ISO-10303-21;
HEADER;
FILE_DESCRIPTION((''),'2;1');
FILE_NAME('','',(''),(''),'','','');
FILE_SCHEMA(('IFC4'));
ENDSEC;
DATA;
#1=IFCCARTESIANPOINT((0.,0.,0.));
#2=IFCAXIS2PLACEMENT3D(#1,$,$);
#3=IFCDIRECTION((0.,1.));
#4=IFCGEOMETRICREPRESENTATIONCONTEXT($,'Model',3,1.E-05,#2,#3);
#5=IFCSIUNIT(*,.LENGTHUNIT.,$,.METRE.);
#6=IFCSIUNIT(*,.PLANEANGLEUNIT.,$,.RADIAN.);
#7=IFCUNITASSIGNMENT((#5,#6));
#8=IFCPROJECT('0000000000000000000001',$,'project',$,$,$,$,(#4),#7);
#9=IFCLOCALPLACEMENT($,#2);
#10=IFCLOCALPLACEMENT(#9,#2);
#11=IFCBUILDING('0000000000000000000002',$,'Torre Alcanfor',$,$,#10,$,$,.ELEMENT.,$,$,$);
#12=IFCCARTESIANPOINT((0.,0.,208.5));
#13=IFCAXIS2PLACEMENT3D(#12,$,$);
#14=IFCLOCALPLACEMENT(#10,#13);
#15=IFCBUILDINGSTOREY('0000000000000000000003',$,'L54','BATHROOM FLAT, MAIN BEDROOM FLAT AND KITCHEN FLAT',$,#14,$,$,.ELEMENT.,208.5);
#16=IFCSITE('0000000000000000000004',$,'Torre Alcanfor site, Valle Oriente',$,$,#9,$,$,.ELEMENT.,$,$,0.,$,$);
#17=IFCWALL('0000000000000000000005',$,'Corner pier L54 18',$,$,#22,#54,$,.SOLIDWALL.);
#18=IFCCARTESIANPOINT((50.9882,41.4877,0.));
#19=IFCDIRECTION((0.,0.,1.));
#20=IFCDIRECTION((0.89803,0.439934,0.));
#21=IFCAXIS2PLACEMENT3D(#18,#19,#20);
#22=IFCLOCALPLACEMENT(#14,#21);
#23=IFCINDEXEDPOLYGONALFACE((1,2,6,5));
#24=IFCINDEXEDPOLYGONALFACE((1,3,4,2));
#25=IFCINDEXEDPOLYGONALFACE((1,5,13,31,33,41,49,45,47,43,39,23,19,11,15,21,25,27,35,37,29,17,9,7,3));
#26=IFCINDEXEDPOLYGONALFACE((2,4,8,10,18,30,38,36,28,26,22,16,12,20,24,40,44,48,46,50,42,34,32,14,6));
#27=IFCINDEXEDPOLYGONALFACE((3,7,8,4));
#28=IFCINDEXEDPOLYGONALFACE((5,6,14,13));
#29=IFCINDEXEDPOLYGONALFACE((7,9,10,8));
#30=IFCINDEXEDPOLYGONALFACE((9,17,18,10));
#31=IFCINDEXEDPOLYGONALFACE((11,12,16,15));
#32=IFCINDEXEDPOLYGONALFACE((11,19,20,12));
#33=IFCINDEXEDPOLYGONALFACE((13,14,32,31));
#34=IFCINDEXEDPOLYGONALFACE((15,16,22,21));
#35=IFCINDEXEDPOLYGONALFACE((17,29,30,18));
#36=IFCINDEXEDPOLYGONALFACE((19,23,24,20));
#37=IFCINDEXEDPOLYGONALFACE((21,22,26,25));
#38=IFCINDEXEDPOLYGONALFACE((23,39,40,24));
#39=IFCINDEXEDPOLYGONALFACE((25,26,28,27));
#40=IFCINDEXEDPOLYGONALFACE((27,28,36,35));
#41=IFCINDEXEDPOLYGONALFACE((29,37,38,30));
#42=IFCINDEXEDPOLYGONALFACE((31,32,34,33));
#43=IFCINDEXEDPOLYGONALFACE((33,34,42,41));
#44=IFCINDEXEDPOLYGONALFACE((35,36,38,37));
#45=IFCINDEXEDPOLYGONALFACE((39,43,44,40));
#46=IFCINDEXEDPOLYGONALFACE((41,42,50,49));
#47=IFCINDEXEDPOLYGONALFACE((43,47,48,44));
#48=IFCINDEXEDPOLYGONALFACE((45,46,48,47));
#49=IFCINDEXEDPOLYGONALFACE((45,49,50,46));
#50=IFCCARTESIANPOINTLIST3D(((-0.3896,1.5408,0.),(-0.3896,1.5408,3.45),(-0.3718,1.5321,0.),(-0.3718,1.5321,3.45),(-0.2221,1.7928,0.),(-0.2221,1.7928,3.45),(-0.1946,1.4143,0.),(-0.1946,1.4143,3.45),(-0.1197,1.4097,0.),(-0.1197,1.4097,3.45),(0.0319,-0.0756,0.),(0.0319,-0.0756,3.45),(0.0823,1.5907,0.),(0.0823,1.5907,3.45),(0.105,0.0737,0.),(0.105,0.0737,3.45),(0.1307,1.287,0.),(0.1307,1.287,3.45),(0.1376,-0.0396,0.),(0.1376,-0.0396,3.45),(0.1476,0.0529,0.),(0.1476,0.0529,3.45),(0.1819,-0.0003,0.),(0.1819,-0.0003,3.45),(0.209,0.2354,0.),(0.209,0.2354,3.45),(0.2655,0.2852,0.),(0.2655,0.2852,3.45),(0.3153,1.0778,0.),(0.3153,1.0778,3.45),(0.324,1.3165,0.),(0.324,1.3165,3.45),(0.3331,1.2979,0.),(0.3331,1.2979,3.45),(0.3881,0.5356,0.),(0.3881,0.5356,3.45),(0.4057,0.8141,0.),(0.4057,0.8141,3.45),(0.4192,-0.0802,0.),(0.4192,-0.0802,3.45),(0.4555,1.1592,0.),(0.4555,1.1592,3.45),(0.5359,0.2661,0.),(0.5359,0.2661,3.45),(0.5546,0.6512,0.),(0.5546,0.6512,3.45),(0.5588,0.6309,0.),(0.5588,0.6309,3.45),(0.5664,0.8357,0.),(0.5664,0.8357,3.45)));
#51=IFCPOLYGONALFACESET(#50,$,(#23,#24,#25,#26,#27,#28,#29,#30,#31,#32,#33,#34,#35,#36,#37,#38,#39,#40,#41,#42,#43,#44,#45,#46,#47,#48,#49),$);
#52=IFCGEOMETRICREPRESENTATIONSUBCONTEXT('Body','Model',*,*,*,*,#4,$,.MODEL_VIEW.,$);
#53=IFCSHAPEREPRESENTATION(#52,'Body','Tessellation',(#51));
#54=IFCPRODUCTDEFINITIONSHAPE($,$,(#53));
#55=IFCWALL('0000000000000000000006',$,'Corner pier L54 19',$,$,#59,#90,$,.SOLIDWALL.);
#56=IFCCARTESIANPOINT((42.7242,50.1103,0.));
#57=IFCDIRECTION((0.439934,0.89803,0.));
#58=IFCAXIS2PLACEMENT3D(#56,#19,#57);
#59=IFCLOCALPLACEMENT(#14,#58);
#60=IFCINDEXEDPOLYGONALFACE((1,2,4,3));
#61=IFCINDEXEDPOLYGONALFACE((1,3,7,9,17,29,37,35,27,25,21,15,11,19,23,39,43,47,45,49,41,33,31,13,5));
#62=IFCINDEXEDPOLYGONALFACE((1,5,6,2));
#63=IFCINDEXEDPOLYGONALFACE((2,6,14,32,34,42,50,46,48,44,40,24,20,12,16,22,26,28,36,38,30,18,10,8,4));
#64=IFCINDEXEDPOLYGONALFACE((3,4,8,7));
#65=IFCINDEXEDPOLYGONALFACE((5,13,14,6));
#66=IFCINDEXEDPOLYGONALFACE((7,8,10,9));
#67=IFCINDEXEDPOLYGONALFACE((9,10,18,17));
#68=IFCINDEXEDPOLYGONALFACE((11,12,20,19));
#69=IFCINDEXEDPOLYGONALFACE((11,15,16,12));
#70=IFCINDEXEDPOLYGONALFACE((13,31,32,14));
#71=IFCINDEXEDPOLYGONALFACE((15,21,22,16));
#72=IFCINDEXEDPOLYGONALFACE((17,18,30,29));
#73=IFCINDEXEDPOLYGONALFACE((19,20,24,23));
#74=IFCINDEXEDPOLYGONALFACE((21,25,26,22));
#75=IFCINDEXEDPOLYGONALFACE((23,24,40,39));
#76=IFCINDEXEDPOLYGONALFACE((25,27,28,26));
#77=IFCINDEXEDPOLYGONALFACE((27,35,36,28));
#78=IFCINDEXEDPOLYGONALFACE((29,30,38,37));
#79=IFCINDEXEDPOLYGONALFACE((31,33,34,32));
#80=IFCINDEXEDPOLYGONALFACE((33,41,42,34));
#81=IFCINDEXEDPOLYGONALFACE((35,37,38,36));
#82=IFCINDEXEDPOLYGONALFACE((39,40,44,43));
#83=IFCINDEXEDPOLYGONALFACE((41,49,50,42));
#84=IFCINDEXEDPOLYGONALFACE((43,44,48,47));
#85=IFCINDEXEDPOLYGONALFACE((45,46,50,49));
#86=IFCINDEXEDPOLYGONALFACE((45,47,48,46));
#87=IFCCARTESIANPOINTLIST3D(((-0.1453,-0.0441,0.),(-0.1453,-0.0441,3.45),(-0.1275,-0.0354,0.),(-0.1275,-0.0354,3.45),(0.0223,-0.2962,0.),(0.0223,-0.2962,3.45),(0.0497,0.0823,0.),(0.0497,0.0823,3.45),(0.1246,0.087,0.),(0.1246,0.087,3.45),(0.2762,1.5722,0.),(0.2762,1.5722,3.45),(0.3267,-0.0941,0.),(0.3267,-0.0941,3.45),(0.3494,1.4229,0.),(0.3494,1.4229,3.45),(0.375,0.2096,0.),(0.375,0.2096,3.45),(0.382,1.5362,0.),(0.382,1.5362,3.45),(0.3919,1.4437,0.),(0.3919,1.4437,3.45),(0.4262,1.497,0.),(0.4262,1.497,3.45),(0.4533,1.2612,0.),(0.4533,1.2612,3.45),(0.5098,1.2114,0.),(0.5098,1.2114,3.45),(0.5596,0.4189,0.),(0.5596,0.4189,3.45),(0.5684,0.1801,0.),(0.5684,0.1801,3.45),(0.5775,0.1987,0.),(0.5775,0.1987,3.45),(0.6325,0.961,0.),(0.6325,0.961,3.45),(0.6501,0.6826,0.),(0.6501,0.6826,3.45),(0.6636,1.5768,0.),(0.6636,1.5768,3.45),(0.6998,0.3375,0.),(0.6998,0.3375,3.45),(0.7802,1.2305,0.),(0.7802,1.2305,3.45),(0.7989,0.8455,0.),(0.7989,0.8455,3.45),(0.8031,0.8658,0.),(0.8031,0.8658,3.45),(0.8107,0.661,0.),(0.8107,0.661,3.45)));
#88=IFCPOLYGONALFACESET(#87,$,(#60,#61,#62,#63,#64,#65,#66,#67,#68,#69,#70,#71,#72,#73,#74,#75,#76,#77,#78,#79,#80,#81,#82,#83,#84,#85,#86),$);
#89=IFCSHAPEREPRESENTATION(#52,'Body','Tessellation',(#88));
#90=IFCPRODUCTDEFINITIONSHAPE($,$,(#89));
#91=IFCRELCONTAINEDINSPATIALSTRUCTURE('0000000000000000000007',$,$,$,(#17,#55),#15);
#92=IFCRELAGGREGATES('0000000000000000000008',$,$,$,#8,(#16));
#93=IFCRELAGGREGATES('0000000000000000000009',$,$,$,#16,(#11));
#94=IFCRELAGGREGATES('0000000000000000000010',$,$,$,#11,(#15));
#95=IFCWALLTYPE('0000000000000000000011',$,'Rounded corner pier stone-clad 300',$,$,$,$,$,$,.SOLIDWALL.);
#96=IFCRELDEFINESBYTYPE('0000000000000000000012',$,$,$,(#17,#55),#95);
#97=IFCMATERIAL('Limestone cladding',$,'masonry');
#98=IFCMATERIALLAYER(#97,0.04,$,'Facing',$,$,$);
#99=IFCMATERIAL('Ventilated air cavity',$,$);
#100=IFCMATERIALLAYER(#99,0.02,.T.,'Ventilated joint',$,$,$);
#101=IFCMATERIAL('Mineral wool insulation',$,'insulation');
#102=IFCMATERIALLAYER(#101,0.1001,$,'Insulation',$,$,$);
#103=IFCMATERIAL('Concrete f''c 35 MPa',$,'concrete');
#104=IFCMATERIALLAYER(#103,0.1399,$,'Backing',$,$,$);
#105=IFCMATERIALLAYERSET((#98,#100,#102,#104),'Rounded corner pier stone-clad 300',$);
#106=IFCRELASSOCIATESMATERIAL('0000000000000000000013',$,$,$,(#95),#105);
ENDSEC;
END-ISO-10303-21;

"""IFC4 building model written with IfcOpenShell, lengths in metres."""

from ifc_helpers import new_model, si_unit, direction, frame, origin, place, context, subcontext, project, spatial, polyline, outline, extrude, material, layer, layer_set, type_object, element, save


model = new_model("IFC4")

# Units and contexts
model_context = context("Model", 3, precision=1e-05, world=origin(), true_north=direction((0.0, 1.0)))
body_context = subcontext(model_context, "Body", "Model", "MODEL_VIEW")
ifc_project = project(units=[si_unit("LENGTHUNIT", "METRE"), si_unit("PLANEANGLEUNIT", "RADIAN")], contexts=[model_context])

# Site, building, storey
site_placement = place(None, origin())
site = spatial("IfcSite", under=ifc_project, at=site_placement, Name="Torre Alcanfor site, Valle Oriente", CompositionType="ELEMENT", RefElevation=0.0)
building_placement = place(site_placement, origin())
building = spatial("IfcBuilding", under=site, at=building_placement, Name="Torre Alcanfor", CompositionType="ELEMENT")
storey_placement = place(building_placement, frame((0.0, 0.0, 208.5)))
storey = spatial("IfcBuildingStorey", under=building, at=storey_placement, Name="L54", Description="BATHROOM FLAT, MAIN BEDROOM FLAT AND KITCHEN FLAT", CompositionType="ELEMENT", Elevation=208.5)

# Shared definitions
ifc_material_1 = material(Name="Limestone cladding", Category="masonry")
ifc_material_2 = material(Name="Ventilated air cavity")
ifc_material_3 = material(Name="Mineral wool insulation", Category="insulation")
ifc_material_4 = material(Name="Concrete f'c 35 MPa", Category="concrete")

# Walls
ifc_layer_1 = layer(ifc_material_1, 0.04, Name="Facing")
ifc_layer_2 = layer(ifc_material_2, 0.02, ventilated=True, Name="Ventilated joint")
ifc_layer_3 = layer(ifc_material_3, 0.1001, Name="Insulation")
ifc_layer_4 = layer(ifc_material_4, 0.1399, Name="Backing")
ifc_layer_set_1 = layer_set([ifc_layer_1, ifc_layer_2, ifc_layer_3, ifc_layer_4], Name="Rounded corner pier stone-clad 300")
wall_type_1 = type_object("IfcWallType", Name="Rounded corner pier stone-clad 300", PredefinedType="SOLIDWALL", material=ifc_layer_set_1)
wall_1_placement = place(storey_placement, frame((50.9882, 41.4877, 0.0), z_axis=(0.0, 0.0, 1.0), x_axis=(0.89803, 0.439934, 0.0)))
element("IfcWall", 1, at=wall_1_placement, inside=storey, type_object=wall_type_1, Name="Corner pier L54 18", PredefinedType="SOLIDWALL", context=body_context, shape_type="SweptSolid", body=[
    extrude(outline(polyline([(0.1376, -0.0396), (0.1819, -0.0003), (0.4192, -0.0802), (0.5359, 0.2661), (0.5588, 0.6309), (0.5546, 0.6512), (0.5664, 0.8357), (0.4555, 1.1592), (0.3331, 1.2979), (0.324, 1.3165), (0.0823, 1.5907), (-0.2221, 1.7928), (-0.3896, 1.5408), (-0.3718, 1.5321), (-0.1946, 1.4143), (-0.1197, 1.4097), (0.1307, 1.287), (0.3153, 1.0778), (0.4057, 0.8141), (0.3881, 0.5356), (0.2655, 0.2852), (0.209, 0.2354), (0.1476, 0.0529), (0.105, 0.0737), (0.0319, -0.0756), (0.1376, -0.0396)])), origin(), (0.0, 0.0, 1.0), 3.45),
])
wall_2_placement = place(storey_placement, frame((42.7242, 50.1103, 0.0), z_axis=(0.0, 0.0, 1.0), x_axis=(0.439934, 0.89803, 0.0)))
element("IfcWall", 2, at=wall_2_placement, inside=storey, type_object=wall_type_1, Name="Corner pier L54 19", PredefinedType="SOLIDWALL", context=body_context, shape_type="SweptSolid", body=[
    extrude(outline(polyline([(-0.1453, -0.0441), (0.0223, -0.2962), (0.3267, -0.0941), (0.5684, 0.1801), (0.5775, 0.1987), (0.6998, 0.3375), (0.8107, 0.661), (0.7989, 0.8455), (0.8031, 0.8658), (0.7802, 1.2305), (0.6636, 1.5768), (0.4262, 1.497), (0.382, 1.5362), (0.2762, 1.5722), (0.3494, 1.4229), (0.3919, 1.4437), (0.4533, 1.2612), (0.5098, 1.2114), (0.6325, 0.961), (0.6501, 0.6826), (0.5596, 0.4189), (0.375, 0.2096), (0.1246, 0.087), (0.0497, 0.0823), (-0.1275, -0.0354), (-0.1453, -0.0441)])), origin(), (0.0, 0.0, 1.0), 3.45),
])

save(model, "model.ifc")
